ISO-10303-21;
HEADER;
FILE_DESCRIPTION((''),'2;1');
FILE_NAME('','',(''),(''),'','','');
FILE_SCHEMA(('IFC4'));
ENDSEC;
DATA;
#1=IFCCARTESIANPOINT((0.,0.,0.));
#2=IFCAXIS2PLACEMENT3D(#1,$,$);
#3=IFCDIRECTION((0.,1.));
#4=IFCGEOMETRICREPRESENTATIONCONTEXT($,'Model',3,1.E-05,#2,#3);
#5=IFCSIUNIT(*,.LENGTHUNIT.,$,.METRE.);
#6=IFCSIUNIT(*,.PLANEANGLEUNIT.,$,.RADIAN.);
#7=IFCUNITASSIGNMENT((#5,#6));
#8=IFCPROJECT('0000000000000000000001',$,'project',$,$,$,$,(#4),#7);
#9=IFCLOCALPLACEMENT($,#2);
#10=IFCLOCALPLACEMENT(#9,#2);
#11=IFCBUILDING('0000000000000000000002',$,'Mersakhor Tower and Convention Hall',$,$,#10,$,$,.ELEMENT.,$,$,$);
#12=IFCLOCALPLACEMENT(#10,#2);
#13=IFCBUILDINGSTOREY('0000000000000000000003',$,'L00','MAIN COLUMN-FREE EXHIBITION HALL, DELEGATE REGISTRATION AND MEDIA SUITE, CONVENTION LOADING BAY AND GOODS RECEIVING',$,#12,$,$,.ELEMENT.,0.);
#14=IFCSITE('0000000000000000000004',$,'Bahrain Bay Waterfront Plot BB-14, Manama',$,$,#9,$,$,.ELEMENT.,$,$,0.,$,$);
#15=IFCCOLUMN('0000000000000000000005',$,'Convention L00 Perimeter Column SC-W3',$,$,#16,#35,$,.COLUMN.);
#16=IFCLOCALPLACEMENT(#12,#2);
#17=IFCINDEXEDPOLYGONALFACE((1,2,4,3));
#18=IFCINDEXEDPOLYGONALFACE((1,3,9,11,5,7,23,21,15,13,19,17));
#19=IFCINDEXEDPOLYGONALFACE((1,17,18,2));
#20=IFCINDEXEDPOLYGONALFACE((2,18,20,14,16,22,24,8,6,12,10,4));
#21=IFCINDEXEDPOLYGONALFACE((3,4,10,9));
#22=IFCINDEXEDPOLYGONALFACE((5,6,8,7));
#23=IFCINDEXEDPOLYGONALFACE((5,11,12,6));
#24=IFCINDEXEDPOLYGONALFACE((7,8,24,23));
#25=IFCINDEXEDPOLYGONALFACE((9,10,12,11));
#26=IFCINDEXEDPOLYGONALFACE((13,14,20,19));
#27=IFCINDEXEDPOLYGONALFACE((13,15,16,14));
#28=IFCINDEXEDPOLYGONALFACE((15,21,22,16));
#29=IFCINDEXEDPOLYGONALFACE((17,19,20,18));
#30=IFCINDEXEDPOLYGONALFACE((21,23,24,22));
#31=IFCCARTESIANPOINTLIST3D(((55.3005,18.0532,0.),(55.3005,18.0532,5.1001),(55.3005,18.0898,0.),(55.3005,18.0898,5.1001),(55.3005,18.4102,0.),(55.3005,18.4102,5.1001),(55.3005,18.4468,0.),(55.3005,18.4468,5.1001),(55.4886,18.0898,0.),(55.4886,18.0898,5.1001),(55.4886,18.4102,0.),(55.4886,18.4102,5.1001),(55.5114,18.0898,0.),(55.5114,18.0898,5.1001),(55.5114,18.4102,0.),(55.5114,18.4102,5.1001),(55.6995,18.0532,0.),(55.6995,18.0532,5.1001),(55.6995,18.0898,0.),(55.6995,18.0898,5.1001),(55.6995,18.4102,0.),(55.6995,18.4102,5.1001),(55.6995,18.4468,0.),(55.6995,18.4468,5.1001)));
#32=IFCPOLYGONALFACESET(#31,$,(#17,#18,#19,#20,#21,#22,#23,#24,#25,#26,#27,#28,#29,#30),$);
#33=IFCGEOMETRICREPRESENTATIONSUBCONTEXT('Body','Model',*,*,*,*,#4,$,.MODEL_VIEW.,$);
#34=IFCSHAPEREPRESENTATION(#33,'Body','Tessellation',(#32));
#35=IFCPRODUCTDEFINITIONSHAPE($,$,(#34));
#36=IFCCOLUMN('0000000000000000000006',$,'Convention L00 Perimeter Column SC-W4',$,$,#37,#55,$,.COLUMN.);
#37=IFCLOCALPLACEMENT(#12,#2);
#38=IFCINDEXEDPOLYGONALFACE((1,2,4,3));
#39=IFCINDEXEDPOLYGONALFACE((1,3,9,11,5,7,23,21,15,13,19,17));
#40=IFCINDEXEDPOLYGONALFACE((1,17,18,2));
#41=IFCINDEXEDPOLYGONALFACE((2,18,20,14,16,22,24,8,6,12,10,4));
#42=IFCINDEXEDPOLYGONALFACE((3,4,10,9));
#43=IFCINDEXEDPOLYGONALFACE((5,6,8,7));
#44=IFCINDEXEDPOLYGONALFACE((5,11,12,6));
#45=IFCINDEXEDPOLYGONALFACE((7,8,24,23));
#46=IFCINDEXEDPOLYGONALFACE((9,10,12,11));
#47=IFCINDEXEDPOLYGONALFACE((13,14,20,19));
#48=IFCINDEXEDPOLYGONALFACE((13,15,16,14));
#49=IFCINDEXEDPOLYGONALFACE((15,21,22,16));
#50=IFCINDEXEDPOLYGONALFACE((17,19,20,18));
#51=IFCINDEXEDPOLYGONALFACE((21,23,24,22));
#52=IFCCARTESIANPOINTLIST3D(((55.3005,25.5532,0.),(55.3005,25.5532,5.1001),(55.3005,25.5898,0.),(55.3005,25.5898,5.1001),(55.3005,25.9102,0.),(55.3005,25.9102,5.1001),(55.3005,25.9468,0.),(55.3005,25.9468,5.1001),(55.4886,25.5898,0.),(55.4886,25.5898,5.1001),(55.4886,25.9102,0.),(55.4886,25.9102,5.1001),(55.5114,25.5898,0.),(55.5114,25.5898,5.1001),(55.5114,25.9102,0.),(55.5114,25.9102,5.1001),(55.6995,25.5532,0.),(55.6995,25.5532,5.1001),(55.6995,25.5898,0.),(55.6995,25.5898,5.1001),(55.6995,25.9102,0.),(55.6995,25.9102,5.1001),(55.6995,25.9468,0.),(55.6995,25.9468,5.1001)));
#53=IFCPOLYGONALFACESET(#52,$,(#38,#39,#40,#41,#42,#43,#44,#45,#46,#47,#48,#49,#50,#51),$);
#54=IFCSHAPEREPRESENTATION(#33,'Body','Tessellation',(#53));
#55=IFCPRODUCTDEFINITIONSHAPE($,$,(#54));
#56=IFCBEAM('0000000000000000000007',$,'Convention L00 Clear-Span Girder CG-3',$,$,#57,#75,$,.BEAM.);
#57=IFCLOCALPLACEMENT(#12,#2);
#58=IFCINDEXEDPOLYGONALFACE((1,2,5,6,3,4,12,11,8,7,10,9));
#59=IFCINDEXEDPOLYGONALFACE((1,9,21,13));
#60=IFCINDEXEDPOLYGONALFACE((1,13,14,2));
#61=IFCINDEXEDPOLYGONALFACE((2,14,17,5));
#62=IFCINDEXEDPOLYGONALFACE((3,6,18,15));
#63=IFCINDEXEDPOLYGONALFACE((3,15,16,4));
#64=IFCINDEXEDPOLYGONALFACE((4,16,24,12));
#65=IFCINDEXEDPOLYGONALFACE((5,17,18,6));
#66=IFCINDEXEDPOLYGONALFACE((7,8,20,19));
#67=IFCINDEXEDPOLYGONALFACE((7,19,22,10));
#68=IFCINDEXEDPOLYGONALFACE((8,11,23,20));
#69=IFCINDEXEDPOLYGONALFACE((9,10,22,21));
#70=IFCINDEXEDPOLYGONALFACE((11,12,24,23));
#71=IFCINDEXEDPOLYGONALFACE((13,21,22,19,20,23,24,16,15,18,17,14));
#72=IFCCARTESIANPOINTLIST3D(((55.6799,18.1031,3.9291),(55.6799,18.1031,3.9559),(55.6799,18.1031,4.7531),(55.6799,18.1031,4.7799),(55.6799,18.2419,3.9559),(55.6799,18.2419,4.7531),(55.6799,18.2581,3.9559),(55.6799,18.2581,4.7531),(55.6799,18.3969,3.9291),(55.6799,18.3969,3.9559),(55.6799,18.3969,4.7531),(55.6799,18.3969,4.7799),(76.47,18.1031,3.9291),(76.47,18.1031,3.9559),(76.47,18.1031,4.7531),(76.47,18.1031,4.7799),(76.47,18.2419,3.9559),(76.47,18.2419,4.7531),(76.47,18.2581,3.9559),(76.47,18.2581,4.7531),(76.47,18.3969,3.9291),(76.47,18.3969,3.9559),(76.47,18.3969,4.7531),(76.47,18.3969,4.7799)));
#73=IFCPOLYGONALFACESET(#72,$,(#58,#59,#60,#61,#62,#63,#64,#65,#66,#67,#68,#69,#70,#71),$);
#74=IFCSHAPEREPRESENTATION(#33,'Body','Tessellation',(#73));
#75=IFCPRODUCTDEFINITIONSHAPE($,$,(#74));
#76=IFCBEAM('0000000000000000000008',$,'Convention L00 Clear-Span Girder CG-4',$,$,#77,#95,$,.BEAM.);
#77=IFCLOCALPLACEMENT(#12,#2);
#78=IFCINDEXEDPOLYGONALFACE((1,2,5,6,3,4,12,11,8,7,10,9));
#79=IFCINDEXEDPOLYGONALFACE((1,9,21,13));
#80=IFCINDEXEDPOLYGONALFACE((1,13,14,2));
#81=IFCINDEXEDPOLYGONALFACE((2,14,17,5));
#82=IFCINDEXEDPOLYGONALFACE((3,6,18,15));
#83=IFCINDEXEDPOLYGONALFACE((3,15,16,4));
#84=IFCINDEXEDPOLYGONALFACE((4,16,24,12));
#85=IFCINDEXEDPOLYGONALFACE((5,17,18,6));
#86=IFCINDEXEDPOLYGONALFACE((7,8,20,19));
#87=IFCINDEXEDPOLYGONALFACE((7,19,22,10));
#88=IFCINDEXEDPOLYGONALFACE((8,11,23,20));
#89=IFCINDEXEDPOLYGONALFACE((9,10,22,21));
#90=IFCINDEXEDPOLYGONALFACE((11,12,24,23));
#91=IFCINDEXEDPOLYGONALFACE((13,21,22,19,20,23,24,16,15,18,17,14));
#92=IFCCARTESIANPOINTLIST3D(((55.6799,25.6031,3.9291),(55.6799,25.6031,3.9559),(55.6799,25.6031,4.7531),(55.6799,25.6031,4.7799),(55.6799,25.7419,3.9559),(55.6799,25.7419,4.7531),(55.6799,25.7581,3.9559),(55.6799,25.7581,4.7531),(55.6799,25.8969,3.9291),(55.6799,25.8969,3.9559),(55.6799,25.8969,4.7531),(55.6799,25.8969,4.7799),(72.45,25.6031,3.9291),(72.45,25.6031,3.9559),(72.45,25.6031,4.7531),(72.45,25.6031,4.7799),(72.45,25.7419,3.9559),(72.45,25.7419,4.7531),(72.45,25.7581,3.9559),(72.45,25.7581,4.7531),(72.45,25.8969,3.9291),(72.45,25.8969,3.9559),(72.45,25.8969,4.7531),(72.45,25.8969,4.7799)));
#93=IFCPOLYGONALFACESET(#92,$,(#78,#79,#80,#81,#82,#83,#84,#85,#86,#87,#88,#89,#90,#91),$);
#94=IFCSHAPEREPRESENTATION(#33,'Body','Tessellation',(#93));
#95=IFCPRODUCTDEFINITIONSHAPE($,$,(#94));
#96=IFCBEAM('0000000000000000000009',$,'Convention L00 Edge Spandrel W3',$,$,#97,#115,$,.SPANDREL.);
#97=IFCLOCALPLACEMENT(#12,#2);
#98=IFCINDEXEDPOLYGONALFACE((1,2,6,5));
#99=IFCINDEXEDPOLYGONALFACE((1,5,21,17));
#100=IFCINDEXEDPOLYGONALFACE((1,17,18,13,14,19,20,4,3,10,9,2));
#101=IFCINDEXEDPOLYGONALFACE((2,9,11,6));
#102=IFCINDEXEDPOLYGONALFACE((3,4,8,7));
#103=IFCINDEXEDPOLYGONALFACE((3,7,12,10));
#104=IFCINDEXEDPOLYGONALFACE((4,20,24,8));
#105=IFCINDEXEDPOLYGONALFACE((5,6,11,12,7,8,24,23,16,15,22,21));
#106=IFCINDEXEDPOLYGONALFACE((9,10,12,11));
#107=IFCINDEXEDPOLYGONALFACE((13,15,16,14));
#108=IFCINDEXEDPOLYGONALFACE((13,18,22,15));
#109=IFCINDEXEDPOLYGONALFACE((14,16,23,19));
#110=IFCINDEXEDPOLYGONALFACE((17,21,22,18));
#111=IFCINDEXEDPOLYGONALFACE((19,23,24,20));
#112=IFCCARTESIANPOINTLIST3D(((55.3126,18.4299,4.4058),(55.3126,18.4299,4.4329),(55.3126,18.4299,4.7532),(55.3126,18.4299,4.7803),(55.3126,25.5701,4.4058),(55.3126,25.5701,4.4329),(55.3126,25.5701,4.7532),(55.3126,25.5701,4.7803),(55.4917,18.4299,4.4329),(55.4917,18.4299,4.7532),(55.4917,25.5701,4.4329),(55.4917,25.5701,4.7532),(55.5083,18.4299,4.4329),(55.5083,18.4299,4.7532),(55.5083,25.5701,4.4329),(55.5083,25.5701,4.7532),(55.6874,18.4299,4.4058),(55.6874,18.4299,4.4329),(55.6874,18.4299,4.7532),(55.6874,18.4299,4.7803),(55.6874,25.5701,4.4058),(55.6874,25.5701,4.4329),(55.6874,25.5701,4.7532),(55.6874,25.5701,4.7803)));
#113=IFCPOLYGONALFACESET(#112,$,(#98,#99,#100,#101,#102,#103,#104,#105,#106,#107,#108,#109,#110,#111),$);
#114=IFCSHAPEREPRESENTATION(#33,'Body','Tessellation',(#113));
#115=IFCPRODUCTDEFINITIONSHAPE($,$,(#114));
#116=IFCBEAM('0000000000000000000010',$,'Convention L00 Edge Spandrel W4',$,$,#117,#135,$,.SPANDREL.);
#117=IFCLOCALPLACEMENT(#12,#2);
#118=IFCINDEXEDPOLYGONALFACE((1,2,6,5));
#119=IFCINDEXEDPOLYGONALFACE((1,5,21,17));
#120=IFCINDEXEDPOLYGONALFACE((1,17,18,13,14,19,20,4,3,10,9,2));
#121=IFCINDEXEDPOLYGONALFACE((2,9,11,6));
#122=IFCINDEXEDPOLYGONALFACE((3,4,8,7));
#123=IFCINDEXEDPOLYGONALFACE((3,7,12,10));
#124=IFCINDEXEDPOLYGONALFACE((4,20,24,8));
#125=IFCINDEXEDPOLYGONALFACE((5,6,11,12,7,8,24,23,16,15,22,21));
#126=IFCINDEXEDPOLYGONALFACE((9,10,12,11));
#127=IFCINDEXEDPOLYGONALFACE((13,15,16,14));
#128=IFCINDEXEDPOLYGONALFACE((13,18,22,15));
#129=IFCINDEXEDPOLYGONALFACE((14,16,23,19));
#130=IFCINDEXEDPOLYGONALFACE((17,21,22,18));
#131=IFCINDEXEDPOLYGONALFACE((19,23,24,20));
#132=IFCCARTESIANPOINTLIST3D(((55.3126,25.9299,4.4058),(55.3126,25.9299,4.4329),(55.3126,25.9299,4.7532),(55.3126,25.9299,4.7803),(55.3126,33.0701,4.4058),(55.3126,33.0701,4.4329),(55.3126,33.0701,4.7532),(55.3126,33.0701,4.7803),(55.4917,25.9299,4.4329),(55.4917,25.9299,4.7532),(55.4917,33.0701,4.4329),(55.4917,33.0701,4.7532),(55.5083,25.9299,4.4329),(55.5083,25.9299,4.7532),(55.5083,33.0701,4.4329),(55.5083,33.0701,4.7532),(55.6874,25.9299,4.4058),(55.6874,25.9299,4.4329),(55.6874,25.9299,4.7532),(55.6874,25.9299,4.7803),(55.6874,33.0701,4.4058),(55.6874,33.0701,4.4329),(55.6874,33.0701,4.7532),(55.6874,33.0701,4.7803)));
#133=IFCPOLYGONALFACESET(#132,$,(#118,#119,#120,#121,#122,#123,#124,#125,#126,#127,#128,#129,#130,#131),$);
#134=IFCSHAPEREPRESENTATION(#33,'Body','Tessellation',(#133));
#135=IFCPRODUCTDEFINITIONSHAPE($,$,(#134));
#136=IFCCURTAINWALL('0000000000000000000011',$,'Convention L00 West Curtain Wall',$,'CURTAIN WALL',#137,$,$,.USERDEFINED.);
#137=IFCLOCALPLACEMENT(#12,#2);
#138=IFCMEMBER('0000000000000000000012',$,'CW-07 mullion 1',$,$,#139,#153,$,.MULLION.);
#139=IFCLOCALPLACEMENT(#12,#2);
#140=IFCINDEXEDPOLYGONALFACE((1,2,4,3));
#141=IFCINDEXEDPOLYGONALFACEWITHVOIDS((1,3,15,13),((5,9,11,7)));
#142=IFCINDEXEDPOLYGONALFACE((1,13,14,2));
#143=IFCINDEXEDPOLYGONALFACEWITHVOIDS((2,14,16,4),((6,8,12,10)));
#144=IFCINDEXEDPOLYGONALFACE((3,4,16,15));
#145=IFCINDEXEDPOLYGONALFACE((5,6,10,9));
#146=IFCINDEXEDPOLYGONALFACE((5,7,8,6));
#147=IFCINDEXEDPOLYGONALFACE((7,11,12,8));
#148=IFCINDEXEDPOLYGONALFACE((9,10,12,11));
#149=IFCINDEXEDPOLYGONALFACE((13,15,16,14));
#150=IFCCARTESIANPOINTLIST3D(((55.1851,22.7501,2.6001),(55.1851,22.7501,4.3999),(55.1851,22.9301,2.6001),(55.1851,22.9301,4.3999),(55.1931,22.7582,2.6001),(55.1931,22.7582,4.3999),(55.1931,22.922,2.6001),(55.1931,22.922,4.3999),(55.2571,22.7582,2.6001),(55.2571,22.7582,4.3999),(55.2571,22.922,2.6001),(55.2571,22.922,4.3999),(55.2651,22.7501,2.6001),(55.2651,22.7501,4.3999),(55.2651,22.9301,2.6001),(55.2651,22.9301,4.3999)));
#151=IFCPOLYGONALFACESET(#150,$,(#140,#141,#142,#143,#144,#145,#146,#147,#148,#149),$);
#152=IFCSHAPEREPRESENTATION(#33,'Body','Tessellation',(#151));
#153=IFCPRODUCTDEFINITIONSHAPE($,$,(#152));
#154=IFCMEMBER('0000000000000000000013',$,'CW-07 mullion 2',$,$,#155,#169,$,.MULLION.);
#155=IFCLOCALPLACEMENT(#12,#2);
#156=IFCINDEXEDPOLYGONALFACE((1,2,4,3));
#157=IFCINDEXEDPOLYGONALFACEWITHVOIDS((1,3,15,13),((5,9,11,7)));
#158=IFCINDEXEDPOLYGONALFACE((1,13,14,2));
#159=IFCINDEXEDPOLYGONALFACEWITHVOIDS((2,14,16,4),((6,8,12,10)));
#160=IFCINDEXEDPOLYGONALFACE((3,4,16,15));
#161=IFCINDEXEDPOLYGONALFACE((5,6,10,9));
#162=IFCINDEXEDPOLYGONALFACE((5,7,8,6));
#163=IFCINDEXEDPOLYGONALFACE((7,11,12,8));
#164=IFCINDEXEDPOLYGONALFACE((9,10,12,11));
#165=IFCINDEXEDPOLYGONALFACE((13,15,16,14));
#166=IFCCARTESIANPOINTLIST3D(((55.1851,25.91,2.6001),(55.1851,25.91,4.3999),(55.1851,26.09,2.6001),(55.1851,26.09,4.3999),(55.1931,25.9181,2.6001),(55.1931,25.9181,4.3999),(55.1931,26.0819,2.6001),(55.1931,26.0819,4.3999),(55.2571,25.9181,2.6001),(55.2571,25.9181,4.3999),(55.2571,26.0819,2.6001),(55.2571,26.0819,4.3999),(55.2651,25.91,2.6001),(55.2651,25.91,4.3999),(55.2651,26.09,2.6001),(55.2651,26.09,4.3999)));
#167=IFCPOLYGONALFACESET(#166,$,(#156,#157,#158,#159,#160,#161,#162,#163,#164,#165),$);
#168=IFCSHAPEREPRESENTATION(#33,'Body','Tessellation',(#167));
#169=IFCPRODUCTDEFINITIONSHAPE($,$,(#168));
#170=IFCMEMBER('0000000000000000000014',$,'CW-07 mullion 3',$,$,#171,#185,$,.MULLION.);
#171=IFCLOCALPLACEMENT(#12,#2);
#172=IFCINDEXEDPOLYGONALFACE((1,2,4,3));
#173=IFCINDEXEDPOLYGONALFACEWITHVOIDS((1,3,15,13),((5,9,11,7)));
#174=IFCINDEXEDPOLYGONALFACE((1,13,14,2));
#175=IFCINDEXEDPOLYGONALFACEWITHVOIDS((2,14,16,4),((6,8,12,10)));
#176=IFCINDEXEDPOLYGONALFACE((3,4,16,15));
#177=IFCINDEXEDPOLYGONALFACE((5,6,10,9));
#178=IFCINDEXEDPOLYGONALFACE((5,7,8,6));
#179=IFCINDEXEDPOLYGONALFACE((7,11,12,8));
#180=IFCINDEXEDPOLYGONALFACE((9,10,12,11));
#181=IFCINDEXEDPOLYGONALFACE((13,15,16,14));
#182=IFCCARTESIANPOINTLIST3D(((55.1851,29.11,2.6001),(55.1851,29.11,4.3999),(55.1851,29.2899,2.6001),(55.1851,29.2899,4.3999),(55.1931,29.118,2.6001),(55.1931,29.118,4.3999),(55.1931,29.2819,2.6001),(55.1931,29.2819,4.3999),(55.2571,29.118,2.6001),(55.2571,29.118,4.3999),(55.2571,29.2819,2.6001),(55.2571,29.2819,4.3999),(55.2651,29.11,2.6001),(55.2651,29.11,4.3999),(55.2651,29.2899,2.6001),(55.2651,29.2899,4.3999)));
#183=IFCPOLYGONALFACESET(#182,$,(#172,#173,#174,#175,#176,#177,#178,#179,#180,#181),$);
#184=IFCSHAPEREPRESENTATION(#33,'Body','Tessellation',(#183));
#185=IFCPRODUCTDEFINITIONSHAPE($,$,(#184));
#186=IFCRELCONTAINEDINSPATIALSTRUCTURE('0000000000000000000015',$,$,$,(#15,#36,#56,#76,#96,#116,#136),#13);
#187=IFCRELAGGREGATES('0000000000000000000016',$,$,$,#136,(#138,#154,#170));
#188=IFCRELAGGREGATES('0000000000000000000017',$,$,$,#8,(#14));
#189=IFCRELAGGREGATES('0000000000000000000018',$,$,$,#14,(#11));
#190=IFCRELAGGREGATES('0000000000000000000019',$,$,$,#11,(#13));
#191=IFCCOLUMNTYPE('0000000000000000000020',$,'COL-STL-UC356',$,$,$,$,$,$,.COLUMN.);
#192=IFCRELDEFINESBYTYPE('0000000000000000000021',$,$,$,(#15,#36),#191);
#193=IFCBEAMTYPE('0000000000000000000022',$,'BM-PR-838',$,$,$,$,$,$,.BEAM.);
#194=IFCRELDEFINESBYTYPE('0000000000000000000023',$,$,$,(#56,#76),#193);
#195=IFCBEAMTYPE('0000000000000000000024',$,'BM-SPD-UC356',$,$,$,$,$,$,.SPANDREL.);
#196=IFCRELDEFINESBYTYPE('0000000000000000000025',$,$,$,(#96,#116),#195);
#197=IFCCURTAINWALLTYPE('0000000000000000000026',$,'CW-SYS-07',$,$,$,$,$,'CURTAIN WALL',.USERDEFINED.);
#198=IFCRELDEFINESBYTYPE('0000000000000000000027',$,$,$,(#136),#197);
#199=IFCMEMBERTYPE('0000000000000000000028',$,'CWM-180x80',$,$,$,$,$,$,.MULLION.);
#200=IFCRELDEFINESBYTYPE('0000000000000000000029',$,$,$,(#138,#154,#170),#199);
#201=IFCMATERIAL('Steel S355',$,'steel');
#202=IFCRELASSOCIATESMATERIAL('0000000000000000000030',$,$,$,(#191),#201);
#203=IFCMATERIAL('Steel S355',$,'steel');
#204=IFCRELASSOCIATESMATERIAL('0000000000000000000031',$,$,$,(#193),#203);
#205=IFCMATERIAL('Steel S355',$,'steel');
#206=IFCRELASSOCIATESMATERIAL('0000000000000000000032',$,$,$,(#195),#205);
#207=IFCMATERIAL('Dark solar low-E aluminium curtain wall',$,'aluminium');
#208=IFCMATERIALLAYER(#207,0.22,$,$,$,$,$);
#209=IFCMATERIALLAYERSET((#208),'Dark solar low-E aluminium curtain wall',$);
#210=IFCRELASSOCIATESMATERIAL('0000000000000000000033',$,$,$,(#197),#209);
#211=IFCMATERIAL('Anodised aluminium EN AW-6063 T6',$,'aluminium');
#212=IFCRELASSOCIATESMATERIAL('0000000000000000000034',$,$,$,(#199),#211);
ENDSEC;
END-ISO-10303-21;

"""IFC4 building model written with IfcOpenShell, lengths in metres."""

from ifc_helpers import new_model, si_unit, direction, frame, origin, origin_2d, place, context, subcontext, project, spatial, hollow_rectangle, i_section, extrude, material, layer, layer_set, material_profile, profile_set, type_object, element, aggregate, save


model = new_model("IFC4")

# Units and contexts
model_context = context("Model", 3, precision=1e-05, world=origin(), true_north=direction((0.0, 1.0)))
body_context = subcontext(model_context, "Body", "Model", "MODEL_VIEW")
ifc_project = project(units=[si_unit("LENGTHUNIT", "METRE"), si_unit("PLANEANGLEUNIT", "RADIAN")], contexts=[model_context])

# Site, building, storey
site_placement = place(None, origin())
site = spatial("IfcSite", under=ifc_project, at=site_placement, Name="Bahrain Bay Waterfront Plot BB-14, Manama", CompositionType="ELEMENT", RefElevation=0.0)
building_placement = place(site_placement, origin())
building = spatial("IfcBuilding", under=site, at=building_placement, Name="Mersakhor Tower and Convention Hall", CompositionType="ELEMENT")
storey_placement = place(building_placement, origin())
storey = spatial("IfcBuildingStorey", under=building, at=storey_placement, Name="L00", Description="MAIN COLUMN-FREE EXHIBITION HALL, DELEGATE REGISTRATION AND MEDIA SUITE, CONVENTION LOADING BAY AND GOODS RECEIVING", CompositionType="ELEMENT", Elevation=0.0)

# Columns
ifc_material_1 = material(Name="Steel S355", Category="steel")
ifc_material_profile_1 = material_profile(ifc_material_1, i_section(OverallWidth=0.3989, OverallDepth=0.3936, WebThickness=0.0227, FlangeThickness=0.0366, at=origin_2d()), Name="UC 356x406x287")
ifc_profile_set_1 = profile_set([ifc_material_profile_1], Name="Steel S355")
column_type = type_object("IfcColumnType", Name="COL-STL-UC356", PredefinedType="COLUMN", material=ifc_profile_set_1)
for number, where, z_axis, x_axis, name in (
    (1, (55.5, 18.25, 0.0), (0.0, 0.0, 1.0), (1.0, 0.0, 0.0), "Convention L00 Perimeter Column SC-W3"),
    (2, (55.5, 25.75, 0.0), (0.0, 0.0, 1.0), (1.0, 0.0, 0.0), "Convention L00 Perimeter Column SC-W4"),
):
    element("IfcColumn", number, at=place(storey_placement, frame(where, z_axis=z_axis, x_axis=x_axis)), inside=storey, type_object=column_type, Name=name, PredefinedType="COLUMN", context=body_context, shape_type="SweptSolid", body=[
        extrude(i_section(OverallWidth=0.3989, OverallDepth=0.3936, WebThickness=0.0227, FlangeThickness=0.0366, at=origin_2d()), origin(), (0.0, 0.0, 1.0), 5.1001),
    ])

# Beams
ifc_material_2 = material(Name="Steel S355", Category="steel")
ifc_material_profile_2 = material_profile(ifc_material_2, i_section(OverallWidth=0.2937, OverallDepth=0.8508, WebThickness=0.0161, FlangeThickness=0.0269, at=origin_2d()), Name="UB 838x292x226")
ifc_profile_set_2 = profile_set([ifc_material_profile_2], Name="Steel S355")
beam_type_1 = type_object("IfcBeamType", Name="BM-PR-838", PredefinedType="BEAM", material=ifc_profile_set_2)
beam_1_placement = place(storey_placement, frame((55.6799, 18.25, 4.3545), z_axis=(1.0, 0.0, 0.0), x_axis=(0.0, 1.0, 0.0)))
element("IfcBeam", 3, at=beam_1_placement, inside=storey, type_object=beam_type_1, Name="Convention L00 Clear-Span Girder CG-3", PredefinedType="BEAM", context=body_context, shape_type="SweptSolid", body=[
    extrude(i_section(OverallWidth=0.2937, OverallDepth=0.8508, WebThickness=0.0161, FlangeThickness=0.0269, at=origin_2d()), origin(), (0.0, 0.0, 1.0), 20.79),
])
beam_2_placement = place(storey_placement, frame((55.6799, 25.75, 4.3545), z_axis=(1.0, 0.0, 0.0), x_axis=(0.0, 1.0, 0.0)))
element("IfcBeam", 4, at=beam_2_placement, inside=storey, type_object=beam_type_1, Name="Convention L00 Clear-Span Girder CG-4", PredefinedType="BEAM", context=body_context, shape_type="SweptSolid", body=[
    extrude(i_section(OverallWidth=0.2937, OverallDepth=0.8508, WebThickness=0.0161, FlangeThickness=0.0269, at=origin_2d()), origin(), (0.0, 0.0, 1.0), 16.77),
])
ifc_material_3 = material(Name="Steel S355", Category="steel")
ifc_material_profile_3 = material_profile(ifc_material_3, i_section(OverallWidth=0.3748, OverallDepth=0.3745, WebThickness=0.0166, FlangeThickness=0.0271, at=origin_2d()), Name="UC 356x368x202")
ifc_profile_set_3 = profile_set([ifc_material_profile_3], Name="Steel S355")
beam_type_2 = type_object("IfcBeamType", Name="BM-SPD-UC356", PredefinedType="SPANDREL", material=ifc_profile_set_3)
for number, where, z_axis, x_axis, name in (
    (5, (55.5, 18.4299, 4.593), (0.0, 1.0, 0.0), (-1.0, 0.0, 0.0), "Convention L00 Edge Spandrel W3"),
    (6, (55.5, 25.9299, 4.593), (0.0, 1.0, 0.0), (-1.0, 0.0, 0.0), "Convention L00 Edge Spandrel W4"),
):
    element("IfcBeam", number, at=place(storey_placement, frame(where, z_axis=z_axis, x_axis=x_axis)), inside=storey, type_object=beam_type_2, Name=name, PredefinedType="SPANDREL", context=body_context, shape_type="SweptSolid", body=[
        extrude(i_section(OverallWidth=0.3748, OverallDepth=0.3745, WebThickness=0.0166, FlangeThickness=0.0271, at=origin_2d()), origin(), (0.0, 0.0, 1.0), 7.1401),
    ])

# Curtain wall, members
ifc_material_4 = material(Name="Dark solar low-E aluminium curtain wall", Category="aluminium")
ifc_layer_1 = layer(ifc_material_4, 0.22)
ifc_layer_set_1 = layer_set([ifc_layer_1], Name="Dark solar low-E aluminium curtain wall")
curtain_wall_type = type_object("IfcCurtainWallType", Name="CW-SYS-07", ElementType="CURTAIN WALL", PredefinedType="USERDEFINED", material=ifc_layer_set_1)
curtain_wall_placement = place(storey_placement, origin())
curtain_wall = element("IfcCurtainWall", 7, at=curtain_wall_placement, inside=storey, type_object=curtain_wall_type, Name="Convention L00 West Curtain Wall", ObjectType="CURTAIN WALL", PredefinedType="USERDEFINED")
ifc_material_5 = material(Name="Anodised aluminium EN AW-6063 T6", Category="aluminium")
ifc_material_profile_4 = material_profile(ifc_material_5, hollow_rectangle(XDim=0.0801, YDim=0.1799, WallThickness=0.0081, at=origin_2d()), Name="RHS 180x80x8")
ifc_profile_set_4 = profile_set([ifc_material_profile_4], Name="Anodised aluminium EN AW-6063 T6")
member_type_1 = type_object("IfcMemberType", Name="CWM-180x80", PredefinedType="MULLION", material=ifc_profile_set_4)
member_1_placement = place(storey_placement, frame((55.2251, 22.8401, 2.6001), z_axis=(0.0, 0.0, 1.0), x_axis=(-1.0, 0.0, 0.0)))
member_1 = element("IfcMember", 8, at=member_1_placement, type_object=member_type_1, Name="CW-07 mullion 1", PredefinedType="MULLION", context=body_context, shape_type="SweptSolid", body=[
    extrude(hollow_rectangle(XDim=0.0801, YDim=0.1799, WallThickness=0.0081, at=origin_2d()), origin(), (0.0, 0.0, 1.0), 1.7998),
])
member_2_placement = place(storey_placement, frame((55.2251, 26.0, 2.6001), z_axis=(0.0, 0.0, 1.0), x_axis=(-1.0, 0.0, 0.0)))
member_2 = element("IfcMember", 9, at=member_2_placement, type_object=member_type_1, Name="CW-07 mullion 2", PredefinedType="MULLION", context=body_context, shape_type="SweptSolid", body=[
    extrude(hollow_rectangle(XDim=0.0801, YDim=0.1799, WallThickness=0.0081, at=origin_2d()), origin(), (0.0, 0.0, 1.0), 1.7998),
])
member_3_placement = place(storey_placement, frame((55.2251, 29.2, 2.6001), z_axis=(0.0, 0.0, 1.0), x_axis=(-1.0, 0.0, 0.0)))
member_3 = element("IfcMember", 10, at=member_3_placement, type_object=member_type_1, Name="CW-07 mullion 3", PredefinedType="MULLION", context=body_context, shape_type="SweptSolid", body=[
    extrude(hollow_rectangle(XDim=0.0801, YDim=0.1799, WallThickness=0.0081, at=origin_2d()), origin(), (0.0, 0.0, 1.0), 1.7998),
])
aggregate(curtain_wall, [member_1, member_2, member_3])

save(model, "model.ifc")
